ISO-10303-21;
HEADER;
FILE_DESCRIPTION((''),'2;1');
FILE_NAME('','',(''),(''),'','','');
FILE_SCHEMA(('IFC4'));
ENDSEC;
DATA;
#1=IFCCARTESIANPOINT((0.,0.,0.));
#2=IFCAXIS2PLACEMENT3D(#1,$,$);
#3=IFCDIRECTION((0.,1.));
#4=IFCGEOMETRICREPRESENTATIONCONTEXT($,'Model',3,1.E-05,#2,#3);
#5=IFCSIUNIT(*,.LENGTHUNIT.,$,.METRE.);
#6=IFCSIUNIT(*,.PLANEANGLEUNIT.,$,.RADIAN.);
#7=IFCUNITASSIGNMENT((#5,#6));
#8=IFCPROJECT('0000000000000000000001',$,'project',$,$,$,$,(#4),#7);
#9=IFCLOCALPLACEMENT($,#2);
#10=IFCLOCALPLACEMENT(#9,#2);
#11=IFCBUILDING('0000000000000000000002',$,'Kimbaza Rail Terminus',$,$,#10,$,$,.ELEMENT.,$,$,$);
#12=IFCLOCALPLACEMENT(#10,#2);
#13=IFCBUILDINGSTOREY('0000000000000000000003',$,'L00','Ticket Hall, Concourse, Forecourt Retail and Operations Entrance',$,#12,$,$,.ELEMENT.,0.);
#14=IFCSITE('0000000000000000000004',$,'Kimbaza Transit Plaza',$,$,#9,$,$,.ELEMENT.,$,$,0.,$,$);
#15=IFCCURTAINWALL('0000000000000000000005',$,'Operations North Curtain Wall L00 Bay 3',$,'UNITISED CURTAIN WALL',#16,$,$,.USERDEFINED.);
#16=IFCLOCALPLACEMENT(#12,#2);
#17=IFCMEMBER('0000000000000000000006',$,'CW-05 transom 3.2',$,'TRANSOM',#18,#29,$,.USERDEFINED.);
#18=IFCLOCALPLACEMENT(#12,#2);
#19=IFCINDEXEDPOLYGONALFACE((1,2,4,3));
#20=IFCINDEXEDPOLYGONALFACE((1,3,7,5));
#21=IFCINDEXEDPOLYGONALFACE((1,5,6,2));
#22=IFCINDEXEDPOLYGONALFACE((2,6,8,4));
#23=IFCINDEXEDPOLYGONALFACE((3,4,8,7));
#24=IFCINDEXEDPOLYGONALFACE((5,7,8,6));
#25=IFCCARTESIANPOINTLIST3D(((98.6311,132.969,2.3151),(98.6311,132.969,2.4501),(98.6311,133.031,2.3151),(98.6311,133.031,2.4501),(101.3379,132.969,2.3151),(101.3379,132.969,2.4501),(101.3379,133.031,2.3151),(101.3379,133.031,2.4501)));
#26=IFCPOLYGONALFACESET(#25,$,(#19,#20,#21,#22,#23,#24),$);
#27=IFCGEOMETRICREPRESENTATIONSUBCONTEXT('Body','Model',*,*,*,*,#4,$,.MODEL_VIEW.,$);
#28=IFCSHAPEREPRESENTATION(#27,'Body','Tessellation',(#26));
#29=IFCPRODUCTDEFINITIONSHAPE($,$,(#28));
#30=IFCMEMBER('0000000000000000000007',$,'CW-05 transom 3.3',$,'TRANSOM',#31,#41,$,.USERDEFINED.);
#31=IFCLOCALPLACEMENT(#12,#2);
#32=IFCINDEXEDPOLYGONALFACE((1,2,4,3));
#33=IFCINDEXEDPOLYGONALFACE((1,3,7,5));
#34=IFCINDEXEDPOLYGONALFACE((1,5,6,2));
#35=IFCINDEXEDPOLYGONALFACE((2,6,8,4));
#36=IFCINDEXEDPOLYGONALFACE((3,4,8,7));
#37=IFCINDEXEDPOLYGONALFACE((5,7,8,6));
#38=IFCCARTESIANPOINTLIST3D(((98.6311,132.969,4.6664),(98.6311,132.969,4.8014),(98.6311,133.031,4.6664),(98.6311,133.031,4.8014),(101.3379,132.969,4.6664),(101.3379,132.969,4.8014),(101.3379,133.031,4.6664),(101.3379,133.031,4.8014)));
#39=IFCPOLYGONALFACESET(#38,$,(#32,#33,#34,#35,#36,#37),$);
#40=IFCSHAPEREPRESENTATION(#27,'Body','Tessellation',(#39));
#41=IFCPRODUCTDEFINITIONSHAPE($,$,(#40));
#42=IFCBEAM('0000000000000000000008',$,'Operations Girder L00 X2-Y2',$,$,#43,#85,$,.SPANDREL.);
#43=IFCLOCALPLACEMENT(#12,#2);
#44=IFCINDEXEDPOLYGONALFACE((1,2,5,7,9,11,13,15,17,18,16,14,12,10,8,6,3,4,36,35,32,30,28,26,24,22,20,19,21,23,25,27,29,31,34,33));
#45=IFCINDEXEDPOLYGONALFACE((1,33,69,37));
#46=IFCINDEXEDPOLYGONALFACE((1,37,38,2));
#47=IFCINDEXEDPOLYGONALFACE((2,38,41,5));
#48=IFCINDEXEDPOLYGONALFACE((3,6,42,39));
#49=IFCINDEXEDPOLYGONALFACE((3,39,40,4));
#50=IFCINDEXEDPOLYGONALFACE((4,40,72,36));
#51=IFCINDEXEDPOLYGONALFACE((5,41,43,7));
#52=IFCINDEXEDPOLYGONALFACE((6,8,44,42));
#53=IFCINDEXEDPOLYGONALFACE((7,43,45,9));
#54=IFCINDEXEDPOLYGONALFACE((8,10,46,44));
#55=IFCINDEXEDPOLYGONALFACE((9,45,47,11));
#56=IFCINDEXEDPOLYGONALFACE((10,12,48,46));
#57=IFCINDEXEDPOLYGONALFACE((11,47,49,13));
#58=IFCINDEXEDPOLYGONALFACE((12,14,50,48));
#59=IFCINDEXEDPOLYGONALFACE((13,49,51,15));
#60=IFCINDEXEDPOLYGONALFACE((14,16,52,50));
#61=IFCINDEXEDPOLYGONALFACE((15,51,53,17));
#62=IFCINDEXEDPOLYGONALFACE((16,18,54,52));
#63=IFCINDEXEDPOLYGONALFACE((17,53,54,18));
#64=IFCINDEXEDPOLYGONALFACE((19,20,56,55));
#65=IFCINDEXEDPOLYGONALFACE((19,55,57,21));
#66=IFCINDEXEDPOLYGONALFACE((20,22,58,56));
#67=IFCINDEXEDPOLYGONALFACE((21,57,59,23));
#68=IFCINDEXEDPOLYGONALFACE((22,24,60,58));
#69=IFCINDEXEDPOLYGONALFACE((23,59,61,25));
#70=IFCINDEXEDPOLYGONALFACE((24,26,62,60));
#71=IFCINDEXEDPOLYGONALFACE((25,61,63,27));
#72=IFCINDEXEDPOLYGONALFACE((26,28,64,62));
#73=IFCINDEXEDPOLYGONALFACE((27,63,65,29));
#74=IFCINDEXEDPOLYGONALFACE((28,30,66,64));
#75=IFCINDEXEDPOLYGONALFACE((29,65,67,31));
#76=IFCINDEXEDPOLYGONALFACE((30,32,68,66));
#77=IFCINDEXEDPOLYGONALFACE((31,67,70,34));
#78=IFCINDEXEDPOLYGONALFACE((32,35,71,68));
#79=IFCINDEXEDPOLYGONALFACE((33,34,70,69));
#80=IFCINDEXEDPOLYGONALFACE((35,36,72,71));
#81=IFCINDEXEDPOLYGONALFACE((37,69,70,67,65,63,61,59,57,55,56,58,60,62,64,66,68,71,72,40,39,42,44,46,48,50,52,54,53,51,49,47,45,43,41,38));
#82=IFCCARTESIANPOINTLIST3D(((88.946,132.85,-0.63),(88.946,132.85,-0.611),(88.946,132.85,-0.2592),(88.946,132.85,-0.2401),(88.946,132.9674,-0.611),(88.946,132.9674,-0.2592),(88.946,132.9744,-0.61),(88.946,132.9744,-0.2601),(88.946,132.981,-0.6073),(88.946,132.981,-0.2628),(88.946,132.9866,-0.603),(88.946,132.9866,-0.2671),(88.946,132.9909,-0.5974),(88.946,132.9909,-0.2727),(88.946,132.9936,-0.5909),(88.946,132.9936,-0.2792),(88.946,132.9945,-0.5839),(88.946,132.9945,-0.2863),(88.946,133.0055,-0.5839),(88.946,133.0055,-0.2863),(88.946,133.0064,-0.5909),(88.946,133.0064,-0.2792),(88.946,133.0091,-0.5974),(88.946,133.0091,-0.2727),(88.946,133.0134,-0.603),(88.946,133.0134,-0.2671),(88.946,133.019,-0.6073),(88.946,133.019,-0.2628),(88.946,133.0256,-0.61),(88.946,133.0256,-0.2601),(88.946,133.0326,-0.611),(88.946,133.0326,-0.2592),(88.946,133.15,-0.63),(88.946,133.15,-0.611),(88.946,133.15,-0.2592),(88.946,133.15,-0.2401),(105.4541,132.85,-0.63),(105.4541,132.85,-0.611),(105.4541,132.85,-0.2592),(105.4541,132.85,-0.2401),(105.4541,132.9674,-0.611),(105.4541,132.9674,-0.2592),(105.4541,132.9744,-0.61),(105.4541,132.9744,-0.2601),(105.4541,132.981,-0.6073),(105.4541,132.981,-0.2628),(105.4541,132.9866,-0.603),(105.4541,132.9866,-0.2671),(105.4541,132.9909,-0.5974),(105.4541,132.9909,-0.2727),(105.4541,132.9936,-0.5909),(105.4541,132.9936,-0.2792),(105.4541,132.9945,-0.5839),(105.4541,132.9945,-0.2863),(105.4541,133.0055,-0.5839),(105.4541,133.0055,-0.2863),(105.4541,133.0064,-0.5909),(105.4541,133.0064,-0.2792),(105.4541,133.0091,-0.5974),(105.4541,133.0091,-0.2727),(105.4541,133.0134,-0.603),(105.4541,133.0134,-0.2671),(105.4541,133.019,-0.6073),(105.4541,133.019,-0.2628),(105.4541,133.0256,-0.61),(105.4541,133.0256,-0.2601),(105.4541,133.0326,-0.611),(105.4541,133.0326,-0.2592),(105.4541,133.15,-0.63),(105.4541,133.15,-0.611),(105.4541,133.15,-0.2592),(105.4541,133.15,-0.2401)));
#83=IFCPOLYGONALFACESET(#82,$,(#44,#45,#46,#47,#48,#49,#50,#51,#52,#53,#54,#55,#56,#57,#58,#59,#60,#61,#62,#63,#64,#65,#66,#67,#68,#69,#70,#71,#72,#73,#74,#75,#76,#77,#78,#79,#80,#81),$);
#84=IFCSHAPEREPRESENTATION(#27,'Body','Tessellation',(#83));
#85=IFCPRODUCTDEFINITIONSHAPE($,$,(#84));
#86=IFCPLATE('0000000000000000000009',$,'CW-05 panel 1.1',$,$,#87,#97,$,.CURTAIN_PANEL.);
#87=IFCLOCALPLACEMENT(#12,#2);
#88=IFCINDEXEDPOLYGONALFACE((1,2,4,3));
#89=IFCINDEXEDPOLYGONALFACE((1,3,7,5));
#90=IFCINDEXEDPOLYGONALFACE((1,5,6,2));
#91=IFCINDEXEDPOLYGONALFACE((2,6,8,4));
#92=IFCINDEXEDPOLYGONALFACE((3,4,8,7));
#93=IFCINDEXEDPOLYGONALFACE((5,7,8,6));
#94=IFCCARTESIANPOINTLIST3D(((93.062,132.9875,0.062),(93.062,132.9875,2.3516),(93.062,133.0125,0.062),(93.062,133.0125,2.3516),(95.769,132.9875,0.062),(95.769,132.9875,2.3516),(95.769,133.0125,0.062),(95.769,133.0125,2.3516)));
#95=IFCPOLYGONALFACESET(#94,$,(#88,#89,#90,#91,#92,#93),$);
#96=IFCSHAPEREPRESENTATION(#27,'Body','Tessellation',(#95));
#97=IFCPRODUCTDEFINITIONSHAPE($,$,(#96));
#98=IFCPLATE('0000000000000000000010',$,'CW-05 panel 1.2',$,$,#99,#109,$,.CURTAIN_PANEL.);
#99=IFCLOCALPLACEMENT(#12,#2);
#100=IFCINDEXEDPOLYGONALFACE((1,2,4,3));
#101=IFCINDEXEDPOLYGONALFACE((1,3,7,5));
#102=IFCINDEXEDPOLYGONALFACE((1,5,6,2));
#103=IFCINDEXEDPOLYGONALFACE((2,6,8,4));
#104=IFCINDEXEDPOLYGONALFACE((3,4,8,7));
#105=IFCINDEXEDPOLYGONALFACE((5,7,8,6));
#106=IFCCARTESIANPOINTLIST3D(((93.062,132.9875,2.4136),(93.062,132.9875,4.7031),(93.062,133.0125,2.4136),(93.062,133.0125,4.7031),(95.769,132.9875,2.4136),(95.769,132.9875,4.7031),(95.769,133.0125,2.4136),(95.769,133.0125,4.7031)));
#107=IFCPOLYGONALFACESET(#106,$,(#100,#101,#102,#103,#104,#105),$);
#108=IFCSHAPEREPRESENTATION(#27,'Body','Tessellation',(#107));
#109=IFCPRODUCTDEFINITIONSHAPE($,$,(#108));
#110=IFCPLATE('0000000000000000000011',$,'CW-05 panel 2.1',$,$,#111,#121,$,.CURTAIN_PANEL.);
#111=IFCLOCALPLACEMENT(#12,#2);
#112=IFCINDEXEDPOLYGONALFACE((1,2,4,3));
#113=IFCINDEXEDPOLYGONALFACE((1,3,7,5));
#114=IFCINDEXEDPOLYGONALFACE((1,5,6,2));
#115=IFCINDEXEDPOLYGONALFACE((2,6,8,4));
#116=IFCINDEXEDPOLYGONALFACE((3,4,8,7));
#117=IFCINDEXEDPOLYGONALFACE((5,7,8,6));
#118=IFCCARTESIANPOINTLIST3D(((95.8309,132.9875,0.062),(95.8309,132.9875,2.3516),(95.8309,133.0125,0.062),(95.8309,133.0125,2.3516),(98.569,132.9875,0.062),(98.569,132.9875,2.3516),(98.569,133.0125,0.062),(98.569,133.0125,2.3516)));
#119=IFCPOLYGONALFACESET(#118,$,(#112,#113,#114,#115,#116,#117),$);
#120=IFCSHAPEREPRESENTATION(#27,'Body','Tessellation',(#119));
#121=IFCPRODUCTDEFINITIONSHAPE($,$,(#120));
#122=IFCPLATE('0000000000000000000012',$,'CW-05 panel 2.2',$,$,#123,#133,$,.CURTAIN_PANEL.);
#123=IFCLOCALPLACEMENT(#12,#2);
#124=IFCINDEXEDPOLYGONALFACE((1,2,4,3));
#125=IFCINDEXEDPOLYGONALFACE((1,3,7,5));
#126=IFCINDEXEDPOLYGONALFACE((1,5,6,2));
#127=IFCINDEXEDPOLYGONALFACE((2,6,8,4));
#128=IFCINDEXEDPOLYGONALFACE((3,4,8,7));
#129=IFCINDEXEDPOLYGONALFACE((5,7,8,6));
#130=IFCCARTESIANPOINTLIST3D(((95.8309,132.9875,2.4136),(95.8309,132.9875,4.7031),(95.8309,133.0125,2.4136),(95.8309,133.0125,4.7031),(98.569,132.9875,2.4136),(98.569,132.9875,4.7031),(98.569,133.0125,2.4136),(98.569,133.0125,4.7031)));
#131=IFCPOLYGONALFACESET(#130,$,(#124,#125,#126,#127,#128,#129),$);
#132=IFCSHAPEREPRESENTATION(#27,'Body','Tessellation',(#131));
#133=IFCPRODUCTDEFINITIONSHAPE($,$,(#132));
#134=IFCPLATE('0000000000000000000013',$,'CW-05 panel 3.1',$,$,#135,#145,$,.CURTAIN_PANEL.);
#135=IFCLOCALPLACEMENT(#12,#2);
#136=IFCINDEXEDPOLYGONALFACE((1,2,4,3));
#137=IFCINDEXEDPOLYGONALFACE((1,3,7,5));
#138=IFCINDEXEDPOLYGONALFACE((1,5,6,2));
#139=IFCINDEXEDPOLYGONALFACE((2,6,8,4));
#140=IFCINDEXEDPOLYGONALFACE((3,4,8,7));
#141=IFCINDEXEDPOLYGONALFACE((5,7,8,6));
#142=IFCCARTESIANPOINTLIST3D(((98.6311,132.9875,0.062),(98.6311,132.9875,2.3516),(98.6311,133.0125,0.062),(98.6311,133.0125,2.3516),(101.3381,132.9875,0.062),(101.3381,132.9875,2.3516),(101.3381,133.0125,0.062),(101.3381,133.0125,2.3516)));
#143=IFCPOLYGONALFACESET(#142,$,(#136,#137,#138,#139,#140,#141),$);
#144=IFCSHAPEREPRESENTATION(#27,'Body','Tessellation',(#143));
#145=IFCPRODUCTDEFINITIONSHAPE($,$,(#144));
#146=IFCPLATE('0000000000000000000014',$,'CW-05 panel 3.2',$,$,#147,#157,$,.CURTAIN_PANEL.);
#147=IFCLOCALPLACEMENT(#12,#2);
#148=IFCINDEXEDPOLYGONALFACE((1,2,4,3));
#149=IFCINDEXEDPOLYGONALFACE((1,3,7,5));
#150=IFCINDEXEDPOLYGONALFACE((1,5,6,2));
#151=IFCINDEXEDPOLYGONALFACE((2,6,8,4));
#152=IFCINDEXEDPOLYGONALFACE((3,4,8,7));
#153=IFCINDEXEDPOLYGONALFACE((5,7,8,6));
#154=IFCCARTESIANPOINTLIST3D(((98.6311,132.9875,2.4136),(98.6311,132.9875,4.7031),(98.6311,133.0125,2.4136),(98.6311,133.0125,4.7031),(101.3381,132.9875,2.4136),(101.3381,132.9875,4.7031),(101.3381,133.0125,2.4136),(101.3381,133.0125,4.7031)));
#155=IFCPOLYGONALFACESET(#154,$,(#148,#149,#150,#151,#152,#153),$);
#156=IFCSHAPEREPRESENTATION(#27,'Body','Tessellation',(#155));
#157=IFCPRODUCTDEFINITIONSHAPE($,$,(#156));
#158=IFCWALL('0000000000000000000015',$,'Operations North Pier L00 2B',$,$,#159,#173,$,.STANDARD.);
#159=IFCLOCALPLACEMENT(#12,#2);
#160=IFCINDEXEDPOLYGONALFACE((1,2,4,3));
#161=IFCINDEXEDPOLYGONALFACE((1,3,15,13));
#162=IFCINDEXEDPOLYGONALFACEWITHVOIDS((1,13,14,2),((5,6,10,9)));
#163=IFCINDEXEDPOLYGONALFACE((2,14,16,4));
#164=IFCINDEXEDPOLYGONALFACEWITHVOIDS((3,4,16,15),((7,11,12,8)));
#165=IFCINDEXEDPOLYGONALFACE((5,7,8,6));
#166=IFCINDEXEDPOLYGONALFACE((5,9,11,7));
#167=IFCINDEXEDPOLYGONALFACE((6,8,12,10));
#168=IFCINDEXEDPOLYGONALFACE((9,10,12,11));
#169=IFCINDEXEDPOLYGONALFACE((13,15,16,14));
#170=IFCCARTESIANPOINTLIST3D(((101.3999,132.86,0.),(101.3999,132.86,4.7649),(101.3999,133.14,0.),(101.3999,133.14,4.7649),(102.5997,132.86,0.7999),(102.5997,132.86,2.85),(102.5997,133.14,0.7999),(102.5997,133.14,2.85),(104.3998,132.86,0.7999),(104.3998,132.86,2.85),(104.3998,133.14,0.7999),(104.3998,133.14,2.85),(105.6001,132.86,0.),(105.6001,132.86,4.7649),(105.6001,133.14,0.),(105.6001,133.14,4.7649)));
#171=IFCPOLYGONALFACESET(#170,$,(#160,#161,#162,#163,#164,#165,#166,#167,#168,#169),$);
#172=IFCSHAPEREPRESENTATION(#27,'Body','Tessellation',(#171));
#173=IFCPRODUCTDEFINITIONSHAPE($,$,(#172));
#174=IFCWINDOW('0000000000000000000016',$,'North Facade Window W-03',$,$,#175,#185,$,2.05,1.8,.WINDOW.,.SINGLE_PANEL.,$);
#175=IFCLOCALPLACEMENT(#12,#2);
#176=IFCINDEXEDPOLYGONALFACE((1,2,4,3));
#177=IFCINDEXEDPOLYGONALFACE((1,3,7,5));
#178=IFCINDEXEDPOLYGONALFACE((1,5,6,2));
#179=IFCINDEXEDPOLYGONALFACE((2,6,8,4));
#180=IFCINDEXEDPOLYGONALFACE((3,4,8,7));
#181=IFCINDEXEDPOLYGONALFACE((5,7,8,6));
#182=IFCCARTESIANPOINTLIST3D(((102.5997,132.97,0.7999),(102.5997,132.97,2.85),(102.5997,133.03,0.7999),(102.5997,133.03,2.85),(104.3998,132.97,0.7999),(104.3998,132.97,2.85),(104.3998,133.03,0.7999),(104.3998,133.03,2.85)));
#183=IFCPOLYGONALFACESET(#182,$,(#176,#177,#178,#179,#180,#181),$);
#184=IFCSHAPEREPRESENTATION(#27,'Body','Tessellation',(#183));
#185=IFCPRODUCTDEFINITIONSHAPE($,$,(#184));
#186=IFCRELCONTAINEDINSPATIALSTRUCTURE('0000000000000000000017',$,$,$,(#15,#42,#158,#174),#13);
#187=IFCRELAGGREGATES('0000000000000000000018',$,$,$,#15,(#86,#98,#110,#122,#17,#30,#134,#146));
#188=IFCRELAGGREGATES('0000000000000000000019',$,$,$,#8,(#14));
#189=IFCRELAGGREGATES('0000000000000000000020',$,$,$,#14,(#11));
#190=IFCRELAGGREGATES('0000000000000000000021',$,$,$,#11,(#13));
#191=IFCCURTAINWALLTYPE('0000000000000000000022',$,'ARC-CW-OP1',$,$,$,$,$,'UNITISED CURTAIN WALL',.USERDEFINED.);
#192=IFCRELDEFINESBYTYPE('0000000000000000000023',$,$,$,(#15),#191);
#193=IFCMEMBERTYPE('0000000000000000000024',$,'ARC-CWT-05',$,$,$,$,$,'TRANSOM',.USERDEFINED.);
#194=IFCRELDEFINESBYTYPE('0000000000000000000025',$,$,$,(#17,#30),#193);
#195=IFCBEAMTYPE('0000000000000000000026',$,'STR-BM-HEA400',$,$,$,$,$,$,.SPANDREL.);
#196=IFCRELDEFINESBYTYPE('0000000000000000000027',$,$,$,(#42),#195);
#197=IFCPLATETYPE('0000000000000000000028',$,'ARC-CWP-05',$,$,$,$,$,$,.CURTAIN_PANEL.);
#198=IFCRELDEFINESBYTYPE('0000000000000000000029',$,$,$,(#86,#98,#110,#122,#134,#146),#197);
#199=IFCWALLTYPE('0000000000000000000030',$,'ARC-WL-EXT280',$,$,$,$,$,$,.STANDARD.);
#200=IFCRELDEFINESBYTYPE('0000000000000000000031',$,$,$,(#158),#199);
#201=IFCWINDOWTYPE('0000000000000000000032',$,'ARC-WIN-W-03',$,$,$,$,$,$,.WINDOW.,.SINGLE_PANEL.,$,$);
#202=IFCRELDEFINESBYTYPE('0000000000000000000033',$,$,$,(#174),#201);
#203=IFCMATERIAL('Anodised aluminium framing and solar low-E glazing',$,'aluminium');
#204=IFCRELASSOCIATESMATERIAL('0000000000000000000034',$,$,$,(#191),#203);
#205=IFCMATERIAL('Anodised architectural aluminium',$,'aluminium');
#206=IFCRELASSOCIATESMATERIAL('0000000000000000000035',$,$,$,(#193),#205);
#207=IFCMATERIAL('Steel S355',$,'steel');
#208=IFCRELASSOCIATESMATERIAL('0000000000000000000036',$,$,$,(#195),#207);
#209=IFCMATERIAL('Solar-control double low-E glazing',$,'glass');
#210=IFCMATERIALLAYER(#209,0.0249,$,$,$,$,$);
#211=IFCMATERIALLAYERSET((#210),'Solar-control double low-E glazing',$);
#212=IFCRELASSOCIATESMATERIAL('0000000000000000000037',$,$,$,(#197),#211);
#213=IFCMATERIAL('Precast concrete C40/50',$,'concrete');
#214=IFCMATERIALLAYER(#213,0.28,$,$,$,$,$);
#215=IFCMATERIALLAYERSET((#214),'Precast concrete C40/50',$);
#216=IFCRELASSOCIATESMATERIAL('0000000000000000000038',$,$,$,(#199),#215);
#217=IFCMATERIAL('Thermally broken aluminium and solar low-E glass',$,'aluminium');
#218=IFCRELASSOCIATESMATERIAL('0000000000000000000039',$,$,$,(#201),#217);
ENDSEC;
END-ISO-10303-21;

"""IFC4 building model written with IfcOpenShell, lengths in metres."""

from ifc_helpers import new_model, si_unit, direction, frame, frame_2d, origin, origin_2d, place, context, subcontext, project, spatial, rectangle, i_section, extrude, material, layer, layer_set, material_profile, profile_set, type_object, element, fill, aggregate, save


model = new_model("IFC4")

# Units and contexts
model_context = context("Model", 3, precision=1e-05, world=origin(), true_north=direction((0.0, 1.0)))
body_context = subcontext(model_context, "Body", "Model", "MODEL_VIEW")
ifc_project = project(units=[si_unit("LENGTHUNIT", "METRE"), si_unit("PLANEANGLEUNIT", "RADIAN")], contexts=[model_context])

# Site, building, storey
site_placement = place(None, origin())
site = spatial("IfcSite", under=ifc_project, at=site_placement, Name="Kimbaza Transit Plaza", CompositionType="ELEMENT", RefElevation=0.0)
building_placement = place(site_placement, origin())
building = spatial("IfcBuilding", under=site, at=building_placement, Name="Kimbaza Rail Terminus", CompositionType="ELEMENT")
storey_placement = place(building_placement, origin())
storey = spatial("IfcBuildingStorey", under=building, at=storey_placement, Name="L00", Description="Ticket Hall, Concourse, Forecourt Retail and Operations Entrance", CompositionType="ELEMENT", Elevation=0.0)

# Curtain wall, members
ifc_material_1 = material(Name="Anodised aluminium framing and solar low-E glazing", Category="aluminium")
curtain_wall_type = type_object("IfcCurtainWallType", Name="ARC-CW-OP1", ElementType="UNITISED CURTAIN WALL", PredefinedType="USERDEFINED", material=ifc_material_1)
curtain_wall_placement = place(storey_placement, origin())
curtain_wall = element("IfcCurtainWall", 1, at=curtain_wall_placement, inside=storey, type_object=curtain_wall_type, Name="Operations North Curtain Wall L00 Bay 3", ObjectType="UNITISED CURTAIN WALL", PredefinedType="USERDEFINED")
ifc_material_2 = material(Name="Anodised architectural aluminium", Category="aluminium")
ifc_material_profile_1 = material_profile(ifc_material_2, rectangle(XDim=0.062, YDim=0.135, at=origin_2d()), Name="TRANSOM 62x135")
ifc_profile_set_1 = profile_set([ifc_material_profile_1], Name="Anodised architectural aluminium")
member_type_1 = type_object("IfcMemberType", Name="ARC-CWT-05", ElementType="TRANSOM", PredefinedType="USERDEFINED", material=ifc_profile_set_1)
member_1_placement = place(storey_placement, frame((98.6311, 133.0, 2.3826), z_axis=(1.0, 0.0, 0.0), x_axis=(0.0, 1.0, 0.0)))
member_1 = element("IfcMember", 2, at=member_1_placement, type_object=member_type_1, Name="CW-05 transom 3.2", ObjectType="TRANSOM", PredefinedType="USERDEFINED", context=body_context, shape_type="SweptSolid", body=[
    extrude(rectangle(XDim=0.062, YDim=0.135, at=origin_2d()), origin(), (0.0, 0.0, 1.0), 2.7068),
])
member_2_placement = place(storey_placement, frame((98.6311, 133.0, 4.7339), z_axis=(1.0, 0.0, 0.0), x_axis=(0.0, 1.0, 0.0)))
member_2 = element("IfcMember", 3, at=member_2_placement, type_object=member_type_1, Name="CW-05 transom 3.3", ObjectType="TRANSOM", PredefinedType="USERDEFINED", context=body_context, shape_type="SweptSolid", body=[
    extrude(rectangle(XDim=0.062, YDim=0.135, at=origin_2d()), origin(), (0.0, 0.0, 1.0), 2.7068),
])

# Beam
ifc_material_3 = material(Name="Steel S355", Category="steel")
ifc_material_profile_2 = material_profile(ifc_material_3, i_section(OverallWidth=0.3, OverallDepth=0.3899, WebThickness=0.011, FlangeThickness=0.019, FilletRadius=0.0271, at=origin_2d()), Name="HEA 400")
ifc_profile_set_2 = profile_set([ifc_material_profile_2], Name="Steel S355")
beam_type = type_object("IfcBeamType", Name="STR-BM-HEA400", PredefinedType="SPANDREL", material=ifc_profile_set_2)
beam_placement = place(storey_placement, frame((88.946, 133.0, -0.4351), z_axis=(1.0, 0.0, 0.0), x_axis=(0.0, 1.0, 0.0)))
element("IfcBeam", 4, at=beam_placement, inside=storey, type_object=beam_type, Name="Operations Girder L00 X2-Y2", PredefinedType="SPANDREL", context=body_context, shape_type="SweptSolid", body=[
    extrude(i_section(OverallWidth=0.3, OverallDepth=0.3899, WebThickness=0.011, FlangeThickness=0.019, FilletRadius=0.0271, at=origin_2d()), origin(), (0.0, 0.0, 1.0), 16.5081),
])

# Plates
ifc_material_4 = material(Name="Solar-control double low-E glazing", Category="glass")
ifc_layer_1 = layer(ifc_material_4, 0.0249)
ifc_layer_set_1 = layer_set([ifc_layer_1], Name="Solar-control double low-E glazing")
plate_type = type_object("IfcPlateType", Name="ARC-CWP-05", PredefinedType="CURTAIN_PANEL", material=ifc_layer_set_1)
plate_1_placement = place(storey_placement, frame((94.4155, 133.0, 0.062), z_axis=(0.0, 0.0, 1.0), x_axis=(1.0, 0.0, 0.0)))
plate_1 = element("IfcPlate", 5, at=plate_1_placement, type_object=plate_type, Name="CW-05 panel 1.1", PredefinedType="CURTAIN_PANEL", context=body_context, shape_type="SweptSolid", body=[
    extrude(rectangle(XDim=2.707, YDim=0.0249, at=origin_2d()), origin(), (0.0, 0.0, 1.0), 2.2896),
])
plate_2_placement = place(storey_placement, frame((94.4155, 133.0, 2.4136), z_axis=(0.0, 0.0, 1.0), x_axis=(1.0, 0.0, 0.0)))
plate_2 = element("IfcPlate", 6, at=plate_2_placement, type_object=plate_type, Name="CW-05 panel 1.2", PredefinedType="CURTAIN_PANEL", context=body_context, shape_type="SweptSolid", body=[
    extrude(rectangle(XDim=2.707, YDim=0.0249, at=origin_2d()), origin(), (0.0, 0.0, 1.0), 2.2896),
])
plate_3_placement = place(storey_placement, frame((97.2, 133.0, 0.062), z_axis=(0.0, 0.0, 1.0), x_axis=(1.0, 0.0, 0.0)))
plate_3 = element("IfcPlate", 7, at=plate_3_placement, type_object=plate_type, Name="CW-05 panel 2.1", PredefinedType="CURTAIN_PANEL", context=body_context, shape_type="SweptSolid", body=[
    extrude(rectangle(XDim=2.738, YDim=0.0249, at=origin_2d()), origin(), (0.0, 0.0, 1.0), 2.2896),
])
plate_4_placement = place(storey_placement, frame((97.2, 133.0, 2.4136), z_axis=(0.0, 0.0, 1.0), x_axis=(1.0, 0.0, 0.0)))
plate_4 = element("IfcPlate", 8, at=plate_4_placement, type_object=plate_type, Name="CW-05 panel 2.2", PredefinedType="CURTAIN_PANEL", context=body_context, shape_type="SweptSolid", body=[
    extrude(rectangle(XDim=2.738, YDim=0.0249, at=origin_2d()), origin(), (0.0, 0.0, 1.0), 2.2896),
])
plate_5_placement = place(storey_placement, frame((99.9846, 133.0, 0.062), z_axis=(0.0, 0.0, 1.0), x_axis=(1.0, 0.0, 0.0)))
plate_5 = element("IfcPlate", 9, at=plate_5_placement, type_object=plate_type, Name="CW-05 panel 3.1", PredefinedType="CURTAIN_PANEL", context=body_context, shape_type="SweptSolid", body=[
    extrude(rectangle(XDim=2.707, YDim=0.0249, at=origin_2d()), origin(), (0.0, 0.0, 1.0), 2.2896),
])
plate_6_placement = place(storey_placement, frame((99.9846, 133.0, 2.4136), z_axis=(0.0, 0.0, 1.0), x_axis=(1.0, 0.0, 0.0)))
plate_6 = element("IfcPlate", 10, at=plate_6_placement, type_object=plate_type, Name="CW-05 panel 3.2", PredefinedType="CURTAIN_PANEL", context=body_context, shape_type="SweptSolid", body=[
    extrude(rectangle(XDim=2.707, YDim=0.0249, at=origin_2d()), origin(), (0.0, 0.0, 1.0), 2.2896),
])
aggregate(curtain_wall, [plate_1, plate_2, plate_3, plate_4, member_1, member_2, plate_5, plate_6])

# Wall, opening, window
ifc_material_5 = material(Name="Precast concrete C40/50", Category="concrete")
ifc_layer_2 = layer(ifc_material_5, 0.28)
ifc_layer_set_2 = layer_set([ifc_layer_2], Name="Precast concrete C40/50")
wall_type = type_object("IfcWallType", Name="ARC-WL-EXT280", PredefinedType="STANDARD", material=ifc_layer_set_2)
wall_placement = place(storey_placement, frame((101.3999, 133.0, 0.0), z_axis=(0.0, 0.0, 1.0), x_axis=(1.0, 0.0, 0.0)))
wall = element("IfcWall", 11, at=wall_placement, inside=storey, type_object=wall_type, Name="Operations North Pier L00 2B", PredefinedType="STANDARD", context=body_context, shape_type="SweptSolid", body=[
    extrude(rectangle(XDim=4.2002, YDim=0.28, at=frame_2d((2.1001, 0.0))), origin(), (0.0, 0.0, 1.0), 4.7649),
])
opening_placement = place(wall_placement, frame((1.2, 0.0, 0.8)))
opening = element("IfcOpeningElement", 12, at=opening_placement, cuts=wall, PredefinedType="OPENING", context=body_context, shape_type="SweptSolid", body=[
    extrude(rectangle(XDim=1.8, YDim=2.05, at=frame_2d((0.8999, 1.0249))), frame((0.0, 0.1499, 0.0), z_axis=(0.0, -1.0, 0.0), x_axis=(1.0, 0.0, 0.0)), (0.0, 0.0, 1.0), 0.3),
])
ifc_material_6 = material(Name="Thermally broken aluminium and solar low-E glass", Category="aluminium")
window_type = type_object("IfcWindowType", Name="ARC-WIN-W-03", PartitioningType="SINGLE_PANEL", PredefinedType="WINDOW", material=ifc_material_6)
window_placement = place(opening_placement, origin())
window = element("IfcWindow", 13, at=window_placement, inside=storey, type_object=window_type, Name="North Facade Window W-03", OverallHeight=2.05, OverallWidth=1.8, PartitioningType="SINGLE_PANEL", PredefinedType="WINDOW", context=body_context, shape_type="SweptSolid", body=[
    extrude(rectangle(XDim=1.8, YDim=2.05, at=frame_2d((0.8999, 1.0249))), frame((0.0, 0.03, 0.0), z_axis=(0.0, -1.0, 0.0), x_axis=(1.0, 0.0, 0.0)), (0.0, 0.0, 1.0), 0.0601),
])
fill(opening, window)

save(model, "model.ifc")
